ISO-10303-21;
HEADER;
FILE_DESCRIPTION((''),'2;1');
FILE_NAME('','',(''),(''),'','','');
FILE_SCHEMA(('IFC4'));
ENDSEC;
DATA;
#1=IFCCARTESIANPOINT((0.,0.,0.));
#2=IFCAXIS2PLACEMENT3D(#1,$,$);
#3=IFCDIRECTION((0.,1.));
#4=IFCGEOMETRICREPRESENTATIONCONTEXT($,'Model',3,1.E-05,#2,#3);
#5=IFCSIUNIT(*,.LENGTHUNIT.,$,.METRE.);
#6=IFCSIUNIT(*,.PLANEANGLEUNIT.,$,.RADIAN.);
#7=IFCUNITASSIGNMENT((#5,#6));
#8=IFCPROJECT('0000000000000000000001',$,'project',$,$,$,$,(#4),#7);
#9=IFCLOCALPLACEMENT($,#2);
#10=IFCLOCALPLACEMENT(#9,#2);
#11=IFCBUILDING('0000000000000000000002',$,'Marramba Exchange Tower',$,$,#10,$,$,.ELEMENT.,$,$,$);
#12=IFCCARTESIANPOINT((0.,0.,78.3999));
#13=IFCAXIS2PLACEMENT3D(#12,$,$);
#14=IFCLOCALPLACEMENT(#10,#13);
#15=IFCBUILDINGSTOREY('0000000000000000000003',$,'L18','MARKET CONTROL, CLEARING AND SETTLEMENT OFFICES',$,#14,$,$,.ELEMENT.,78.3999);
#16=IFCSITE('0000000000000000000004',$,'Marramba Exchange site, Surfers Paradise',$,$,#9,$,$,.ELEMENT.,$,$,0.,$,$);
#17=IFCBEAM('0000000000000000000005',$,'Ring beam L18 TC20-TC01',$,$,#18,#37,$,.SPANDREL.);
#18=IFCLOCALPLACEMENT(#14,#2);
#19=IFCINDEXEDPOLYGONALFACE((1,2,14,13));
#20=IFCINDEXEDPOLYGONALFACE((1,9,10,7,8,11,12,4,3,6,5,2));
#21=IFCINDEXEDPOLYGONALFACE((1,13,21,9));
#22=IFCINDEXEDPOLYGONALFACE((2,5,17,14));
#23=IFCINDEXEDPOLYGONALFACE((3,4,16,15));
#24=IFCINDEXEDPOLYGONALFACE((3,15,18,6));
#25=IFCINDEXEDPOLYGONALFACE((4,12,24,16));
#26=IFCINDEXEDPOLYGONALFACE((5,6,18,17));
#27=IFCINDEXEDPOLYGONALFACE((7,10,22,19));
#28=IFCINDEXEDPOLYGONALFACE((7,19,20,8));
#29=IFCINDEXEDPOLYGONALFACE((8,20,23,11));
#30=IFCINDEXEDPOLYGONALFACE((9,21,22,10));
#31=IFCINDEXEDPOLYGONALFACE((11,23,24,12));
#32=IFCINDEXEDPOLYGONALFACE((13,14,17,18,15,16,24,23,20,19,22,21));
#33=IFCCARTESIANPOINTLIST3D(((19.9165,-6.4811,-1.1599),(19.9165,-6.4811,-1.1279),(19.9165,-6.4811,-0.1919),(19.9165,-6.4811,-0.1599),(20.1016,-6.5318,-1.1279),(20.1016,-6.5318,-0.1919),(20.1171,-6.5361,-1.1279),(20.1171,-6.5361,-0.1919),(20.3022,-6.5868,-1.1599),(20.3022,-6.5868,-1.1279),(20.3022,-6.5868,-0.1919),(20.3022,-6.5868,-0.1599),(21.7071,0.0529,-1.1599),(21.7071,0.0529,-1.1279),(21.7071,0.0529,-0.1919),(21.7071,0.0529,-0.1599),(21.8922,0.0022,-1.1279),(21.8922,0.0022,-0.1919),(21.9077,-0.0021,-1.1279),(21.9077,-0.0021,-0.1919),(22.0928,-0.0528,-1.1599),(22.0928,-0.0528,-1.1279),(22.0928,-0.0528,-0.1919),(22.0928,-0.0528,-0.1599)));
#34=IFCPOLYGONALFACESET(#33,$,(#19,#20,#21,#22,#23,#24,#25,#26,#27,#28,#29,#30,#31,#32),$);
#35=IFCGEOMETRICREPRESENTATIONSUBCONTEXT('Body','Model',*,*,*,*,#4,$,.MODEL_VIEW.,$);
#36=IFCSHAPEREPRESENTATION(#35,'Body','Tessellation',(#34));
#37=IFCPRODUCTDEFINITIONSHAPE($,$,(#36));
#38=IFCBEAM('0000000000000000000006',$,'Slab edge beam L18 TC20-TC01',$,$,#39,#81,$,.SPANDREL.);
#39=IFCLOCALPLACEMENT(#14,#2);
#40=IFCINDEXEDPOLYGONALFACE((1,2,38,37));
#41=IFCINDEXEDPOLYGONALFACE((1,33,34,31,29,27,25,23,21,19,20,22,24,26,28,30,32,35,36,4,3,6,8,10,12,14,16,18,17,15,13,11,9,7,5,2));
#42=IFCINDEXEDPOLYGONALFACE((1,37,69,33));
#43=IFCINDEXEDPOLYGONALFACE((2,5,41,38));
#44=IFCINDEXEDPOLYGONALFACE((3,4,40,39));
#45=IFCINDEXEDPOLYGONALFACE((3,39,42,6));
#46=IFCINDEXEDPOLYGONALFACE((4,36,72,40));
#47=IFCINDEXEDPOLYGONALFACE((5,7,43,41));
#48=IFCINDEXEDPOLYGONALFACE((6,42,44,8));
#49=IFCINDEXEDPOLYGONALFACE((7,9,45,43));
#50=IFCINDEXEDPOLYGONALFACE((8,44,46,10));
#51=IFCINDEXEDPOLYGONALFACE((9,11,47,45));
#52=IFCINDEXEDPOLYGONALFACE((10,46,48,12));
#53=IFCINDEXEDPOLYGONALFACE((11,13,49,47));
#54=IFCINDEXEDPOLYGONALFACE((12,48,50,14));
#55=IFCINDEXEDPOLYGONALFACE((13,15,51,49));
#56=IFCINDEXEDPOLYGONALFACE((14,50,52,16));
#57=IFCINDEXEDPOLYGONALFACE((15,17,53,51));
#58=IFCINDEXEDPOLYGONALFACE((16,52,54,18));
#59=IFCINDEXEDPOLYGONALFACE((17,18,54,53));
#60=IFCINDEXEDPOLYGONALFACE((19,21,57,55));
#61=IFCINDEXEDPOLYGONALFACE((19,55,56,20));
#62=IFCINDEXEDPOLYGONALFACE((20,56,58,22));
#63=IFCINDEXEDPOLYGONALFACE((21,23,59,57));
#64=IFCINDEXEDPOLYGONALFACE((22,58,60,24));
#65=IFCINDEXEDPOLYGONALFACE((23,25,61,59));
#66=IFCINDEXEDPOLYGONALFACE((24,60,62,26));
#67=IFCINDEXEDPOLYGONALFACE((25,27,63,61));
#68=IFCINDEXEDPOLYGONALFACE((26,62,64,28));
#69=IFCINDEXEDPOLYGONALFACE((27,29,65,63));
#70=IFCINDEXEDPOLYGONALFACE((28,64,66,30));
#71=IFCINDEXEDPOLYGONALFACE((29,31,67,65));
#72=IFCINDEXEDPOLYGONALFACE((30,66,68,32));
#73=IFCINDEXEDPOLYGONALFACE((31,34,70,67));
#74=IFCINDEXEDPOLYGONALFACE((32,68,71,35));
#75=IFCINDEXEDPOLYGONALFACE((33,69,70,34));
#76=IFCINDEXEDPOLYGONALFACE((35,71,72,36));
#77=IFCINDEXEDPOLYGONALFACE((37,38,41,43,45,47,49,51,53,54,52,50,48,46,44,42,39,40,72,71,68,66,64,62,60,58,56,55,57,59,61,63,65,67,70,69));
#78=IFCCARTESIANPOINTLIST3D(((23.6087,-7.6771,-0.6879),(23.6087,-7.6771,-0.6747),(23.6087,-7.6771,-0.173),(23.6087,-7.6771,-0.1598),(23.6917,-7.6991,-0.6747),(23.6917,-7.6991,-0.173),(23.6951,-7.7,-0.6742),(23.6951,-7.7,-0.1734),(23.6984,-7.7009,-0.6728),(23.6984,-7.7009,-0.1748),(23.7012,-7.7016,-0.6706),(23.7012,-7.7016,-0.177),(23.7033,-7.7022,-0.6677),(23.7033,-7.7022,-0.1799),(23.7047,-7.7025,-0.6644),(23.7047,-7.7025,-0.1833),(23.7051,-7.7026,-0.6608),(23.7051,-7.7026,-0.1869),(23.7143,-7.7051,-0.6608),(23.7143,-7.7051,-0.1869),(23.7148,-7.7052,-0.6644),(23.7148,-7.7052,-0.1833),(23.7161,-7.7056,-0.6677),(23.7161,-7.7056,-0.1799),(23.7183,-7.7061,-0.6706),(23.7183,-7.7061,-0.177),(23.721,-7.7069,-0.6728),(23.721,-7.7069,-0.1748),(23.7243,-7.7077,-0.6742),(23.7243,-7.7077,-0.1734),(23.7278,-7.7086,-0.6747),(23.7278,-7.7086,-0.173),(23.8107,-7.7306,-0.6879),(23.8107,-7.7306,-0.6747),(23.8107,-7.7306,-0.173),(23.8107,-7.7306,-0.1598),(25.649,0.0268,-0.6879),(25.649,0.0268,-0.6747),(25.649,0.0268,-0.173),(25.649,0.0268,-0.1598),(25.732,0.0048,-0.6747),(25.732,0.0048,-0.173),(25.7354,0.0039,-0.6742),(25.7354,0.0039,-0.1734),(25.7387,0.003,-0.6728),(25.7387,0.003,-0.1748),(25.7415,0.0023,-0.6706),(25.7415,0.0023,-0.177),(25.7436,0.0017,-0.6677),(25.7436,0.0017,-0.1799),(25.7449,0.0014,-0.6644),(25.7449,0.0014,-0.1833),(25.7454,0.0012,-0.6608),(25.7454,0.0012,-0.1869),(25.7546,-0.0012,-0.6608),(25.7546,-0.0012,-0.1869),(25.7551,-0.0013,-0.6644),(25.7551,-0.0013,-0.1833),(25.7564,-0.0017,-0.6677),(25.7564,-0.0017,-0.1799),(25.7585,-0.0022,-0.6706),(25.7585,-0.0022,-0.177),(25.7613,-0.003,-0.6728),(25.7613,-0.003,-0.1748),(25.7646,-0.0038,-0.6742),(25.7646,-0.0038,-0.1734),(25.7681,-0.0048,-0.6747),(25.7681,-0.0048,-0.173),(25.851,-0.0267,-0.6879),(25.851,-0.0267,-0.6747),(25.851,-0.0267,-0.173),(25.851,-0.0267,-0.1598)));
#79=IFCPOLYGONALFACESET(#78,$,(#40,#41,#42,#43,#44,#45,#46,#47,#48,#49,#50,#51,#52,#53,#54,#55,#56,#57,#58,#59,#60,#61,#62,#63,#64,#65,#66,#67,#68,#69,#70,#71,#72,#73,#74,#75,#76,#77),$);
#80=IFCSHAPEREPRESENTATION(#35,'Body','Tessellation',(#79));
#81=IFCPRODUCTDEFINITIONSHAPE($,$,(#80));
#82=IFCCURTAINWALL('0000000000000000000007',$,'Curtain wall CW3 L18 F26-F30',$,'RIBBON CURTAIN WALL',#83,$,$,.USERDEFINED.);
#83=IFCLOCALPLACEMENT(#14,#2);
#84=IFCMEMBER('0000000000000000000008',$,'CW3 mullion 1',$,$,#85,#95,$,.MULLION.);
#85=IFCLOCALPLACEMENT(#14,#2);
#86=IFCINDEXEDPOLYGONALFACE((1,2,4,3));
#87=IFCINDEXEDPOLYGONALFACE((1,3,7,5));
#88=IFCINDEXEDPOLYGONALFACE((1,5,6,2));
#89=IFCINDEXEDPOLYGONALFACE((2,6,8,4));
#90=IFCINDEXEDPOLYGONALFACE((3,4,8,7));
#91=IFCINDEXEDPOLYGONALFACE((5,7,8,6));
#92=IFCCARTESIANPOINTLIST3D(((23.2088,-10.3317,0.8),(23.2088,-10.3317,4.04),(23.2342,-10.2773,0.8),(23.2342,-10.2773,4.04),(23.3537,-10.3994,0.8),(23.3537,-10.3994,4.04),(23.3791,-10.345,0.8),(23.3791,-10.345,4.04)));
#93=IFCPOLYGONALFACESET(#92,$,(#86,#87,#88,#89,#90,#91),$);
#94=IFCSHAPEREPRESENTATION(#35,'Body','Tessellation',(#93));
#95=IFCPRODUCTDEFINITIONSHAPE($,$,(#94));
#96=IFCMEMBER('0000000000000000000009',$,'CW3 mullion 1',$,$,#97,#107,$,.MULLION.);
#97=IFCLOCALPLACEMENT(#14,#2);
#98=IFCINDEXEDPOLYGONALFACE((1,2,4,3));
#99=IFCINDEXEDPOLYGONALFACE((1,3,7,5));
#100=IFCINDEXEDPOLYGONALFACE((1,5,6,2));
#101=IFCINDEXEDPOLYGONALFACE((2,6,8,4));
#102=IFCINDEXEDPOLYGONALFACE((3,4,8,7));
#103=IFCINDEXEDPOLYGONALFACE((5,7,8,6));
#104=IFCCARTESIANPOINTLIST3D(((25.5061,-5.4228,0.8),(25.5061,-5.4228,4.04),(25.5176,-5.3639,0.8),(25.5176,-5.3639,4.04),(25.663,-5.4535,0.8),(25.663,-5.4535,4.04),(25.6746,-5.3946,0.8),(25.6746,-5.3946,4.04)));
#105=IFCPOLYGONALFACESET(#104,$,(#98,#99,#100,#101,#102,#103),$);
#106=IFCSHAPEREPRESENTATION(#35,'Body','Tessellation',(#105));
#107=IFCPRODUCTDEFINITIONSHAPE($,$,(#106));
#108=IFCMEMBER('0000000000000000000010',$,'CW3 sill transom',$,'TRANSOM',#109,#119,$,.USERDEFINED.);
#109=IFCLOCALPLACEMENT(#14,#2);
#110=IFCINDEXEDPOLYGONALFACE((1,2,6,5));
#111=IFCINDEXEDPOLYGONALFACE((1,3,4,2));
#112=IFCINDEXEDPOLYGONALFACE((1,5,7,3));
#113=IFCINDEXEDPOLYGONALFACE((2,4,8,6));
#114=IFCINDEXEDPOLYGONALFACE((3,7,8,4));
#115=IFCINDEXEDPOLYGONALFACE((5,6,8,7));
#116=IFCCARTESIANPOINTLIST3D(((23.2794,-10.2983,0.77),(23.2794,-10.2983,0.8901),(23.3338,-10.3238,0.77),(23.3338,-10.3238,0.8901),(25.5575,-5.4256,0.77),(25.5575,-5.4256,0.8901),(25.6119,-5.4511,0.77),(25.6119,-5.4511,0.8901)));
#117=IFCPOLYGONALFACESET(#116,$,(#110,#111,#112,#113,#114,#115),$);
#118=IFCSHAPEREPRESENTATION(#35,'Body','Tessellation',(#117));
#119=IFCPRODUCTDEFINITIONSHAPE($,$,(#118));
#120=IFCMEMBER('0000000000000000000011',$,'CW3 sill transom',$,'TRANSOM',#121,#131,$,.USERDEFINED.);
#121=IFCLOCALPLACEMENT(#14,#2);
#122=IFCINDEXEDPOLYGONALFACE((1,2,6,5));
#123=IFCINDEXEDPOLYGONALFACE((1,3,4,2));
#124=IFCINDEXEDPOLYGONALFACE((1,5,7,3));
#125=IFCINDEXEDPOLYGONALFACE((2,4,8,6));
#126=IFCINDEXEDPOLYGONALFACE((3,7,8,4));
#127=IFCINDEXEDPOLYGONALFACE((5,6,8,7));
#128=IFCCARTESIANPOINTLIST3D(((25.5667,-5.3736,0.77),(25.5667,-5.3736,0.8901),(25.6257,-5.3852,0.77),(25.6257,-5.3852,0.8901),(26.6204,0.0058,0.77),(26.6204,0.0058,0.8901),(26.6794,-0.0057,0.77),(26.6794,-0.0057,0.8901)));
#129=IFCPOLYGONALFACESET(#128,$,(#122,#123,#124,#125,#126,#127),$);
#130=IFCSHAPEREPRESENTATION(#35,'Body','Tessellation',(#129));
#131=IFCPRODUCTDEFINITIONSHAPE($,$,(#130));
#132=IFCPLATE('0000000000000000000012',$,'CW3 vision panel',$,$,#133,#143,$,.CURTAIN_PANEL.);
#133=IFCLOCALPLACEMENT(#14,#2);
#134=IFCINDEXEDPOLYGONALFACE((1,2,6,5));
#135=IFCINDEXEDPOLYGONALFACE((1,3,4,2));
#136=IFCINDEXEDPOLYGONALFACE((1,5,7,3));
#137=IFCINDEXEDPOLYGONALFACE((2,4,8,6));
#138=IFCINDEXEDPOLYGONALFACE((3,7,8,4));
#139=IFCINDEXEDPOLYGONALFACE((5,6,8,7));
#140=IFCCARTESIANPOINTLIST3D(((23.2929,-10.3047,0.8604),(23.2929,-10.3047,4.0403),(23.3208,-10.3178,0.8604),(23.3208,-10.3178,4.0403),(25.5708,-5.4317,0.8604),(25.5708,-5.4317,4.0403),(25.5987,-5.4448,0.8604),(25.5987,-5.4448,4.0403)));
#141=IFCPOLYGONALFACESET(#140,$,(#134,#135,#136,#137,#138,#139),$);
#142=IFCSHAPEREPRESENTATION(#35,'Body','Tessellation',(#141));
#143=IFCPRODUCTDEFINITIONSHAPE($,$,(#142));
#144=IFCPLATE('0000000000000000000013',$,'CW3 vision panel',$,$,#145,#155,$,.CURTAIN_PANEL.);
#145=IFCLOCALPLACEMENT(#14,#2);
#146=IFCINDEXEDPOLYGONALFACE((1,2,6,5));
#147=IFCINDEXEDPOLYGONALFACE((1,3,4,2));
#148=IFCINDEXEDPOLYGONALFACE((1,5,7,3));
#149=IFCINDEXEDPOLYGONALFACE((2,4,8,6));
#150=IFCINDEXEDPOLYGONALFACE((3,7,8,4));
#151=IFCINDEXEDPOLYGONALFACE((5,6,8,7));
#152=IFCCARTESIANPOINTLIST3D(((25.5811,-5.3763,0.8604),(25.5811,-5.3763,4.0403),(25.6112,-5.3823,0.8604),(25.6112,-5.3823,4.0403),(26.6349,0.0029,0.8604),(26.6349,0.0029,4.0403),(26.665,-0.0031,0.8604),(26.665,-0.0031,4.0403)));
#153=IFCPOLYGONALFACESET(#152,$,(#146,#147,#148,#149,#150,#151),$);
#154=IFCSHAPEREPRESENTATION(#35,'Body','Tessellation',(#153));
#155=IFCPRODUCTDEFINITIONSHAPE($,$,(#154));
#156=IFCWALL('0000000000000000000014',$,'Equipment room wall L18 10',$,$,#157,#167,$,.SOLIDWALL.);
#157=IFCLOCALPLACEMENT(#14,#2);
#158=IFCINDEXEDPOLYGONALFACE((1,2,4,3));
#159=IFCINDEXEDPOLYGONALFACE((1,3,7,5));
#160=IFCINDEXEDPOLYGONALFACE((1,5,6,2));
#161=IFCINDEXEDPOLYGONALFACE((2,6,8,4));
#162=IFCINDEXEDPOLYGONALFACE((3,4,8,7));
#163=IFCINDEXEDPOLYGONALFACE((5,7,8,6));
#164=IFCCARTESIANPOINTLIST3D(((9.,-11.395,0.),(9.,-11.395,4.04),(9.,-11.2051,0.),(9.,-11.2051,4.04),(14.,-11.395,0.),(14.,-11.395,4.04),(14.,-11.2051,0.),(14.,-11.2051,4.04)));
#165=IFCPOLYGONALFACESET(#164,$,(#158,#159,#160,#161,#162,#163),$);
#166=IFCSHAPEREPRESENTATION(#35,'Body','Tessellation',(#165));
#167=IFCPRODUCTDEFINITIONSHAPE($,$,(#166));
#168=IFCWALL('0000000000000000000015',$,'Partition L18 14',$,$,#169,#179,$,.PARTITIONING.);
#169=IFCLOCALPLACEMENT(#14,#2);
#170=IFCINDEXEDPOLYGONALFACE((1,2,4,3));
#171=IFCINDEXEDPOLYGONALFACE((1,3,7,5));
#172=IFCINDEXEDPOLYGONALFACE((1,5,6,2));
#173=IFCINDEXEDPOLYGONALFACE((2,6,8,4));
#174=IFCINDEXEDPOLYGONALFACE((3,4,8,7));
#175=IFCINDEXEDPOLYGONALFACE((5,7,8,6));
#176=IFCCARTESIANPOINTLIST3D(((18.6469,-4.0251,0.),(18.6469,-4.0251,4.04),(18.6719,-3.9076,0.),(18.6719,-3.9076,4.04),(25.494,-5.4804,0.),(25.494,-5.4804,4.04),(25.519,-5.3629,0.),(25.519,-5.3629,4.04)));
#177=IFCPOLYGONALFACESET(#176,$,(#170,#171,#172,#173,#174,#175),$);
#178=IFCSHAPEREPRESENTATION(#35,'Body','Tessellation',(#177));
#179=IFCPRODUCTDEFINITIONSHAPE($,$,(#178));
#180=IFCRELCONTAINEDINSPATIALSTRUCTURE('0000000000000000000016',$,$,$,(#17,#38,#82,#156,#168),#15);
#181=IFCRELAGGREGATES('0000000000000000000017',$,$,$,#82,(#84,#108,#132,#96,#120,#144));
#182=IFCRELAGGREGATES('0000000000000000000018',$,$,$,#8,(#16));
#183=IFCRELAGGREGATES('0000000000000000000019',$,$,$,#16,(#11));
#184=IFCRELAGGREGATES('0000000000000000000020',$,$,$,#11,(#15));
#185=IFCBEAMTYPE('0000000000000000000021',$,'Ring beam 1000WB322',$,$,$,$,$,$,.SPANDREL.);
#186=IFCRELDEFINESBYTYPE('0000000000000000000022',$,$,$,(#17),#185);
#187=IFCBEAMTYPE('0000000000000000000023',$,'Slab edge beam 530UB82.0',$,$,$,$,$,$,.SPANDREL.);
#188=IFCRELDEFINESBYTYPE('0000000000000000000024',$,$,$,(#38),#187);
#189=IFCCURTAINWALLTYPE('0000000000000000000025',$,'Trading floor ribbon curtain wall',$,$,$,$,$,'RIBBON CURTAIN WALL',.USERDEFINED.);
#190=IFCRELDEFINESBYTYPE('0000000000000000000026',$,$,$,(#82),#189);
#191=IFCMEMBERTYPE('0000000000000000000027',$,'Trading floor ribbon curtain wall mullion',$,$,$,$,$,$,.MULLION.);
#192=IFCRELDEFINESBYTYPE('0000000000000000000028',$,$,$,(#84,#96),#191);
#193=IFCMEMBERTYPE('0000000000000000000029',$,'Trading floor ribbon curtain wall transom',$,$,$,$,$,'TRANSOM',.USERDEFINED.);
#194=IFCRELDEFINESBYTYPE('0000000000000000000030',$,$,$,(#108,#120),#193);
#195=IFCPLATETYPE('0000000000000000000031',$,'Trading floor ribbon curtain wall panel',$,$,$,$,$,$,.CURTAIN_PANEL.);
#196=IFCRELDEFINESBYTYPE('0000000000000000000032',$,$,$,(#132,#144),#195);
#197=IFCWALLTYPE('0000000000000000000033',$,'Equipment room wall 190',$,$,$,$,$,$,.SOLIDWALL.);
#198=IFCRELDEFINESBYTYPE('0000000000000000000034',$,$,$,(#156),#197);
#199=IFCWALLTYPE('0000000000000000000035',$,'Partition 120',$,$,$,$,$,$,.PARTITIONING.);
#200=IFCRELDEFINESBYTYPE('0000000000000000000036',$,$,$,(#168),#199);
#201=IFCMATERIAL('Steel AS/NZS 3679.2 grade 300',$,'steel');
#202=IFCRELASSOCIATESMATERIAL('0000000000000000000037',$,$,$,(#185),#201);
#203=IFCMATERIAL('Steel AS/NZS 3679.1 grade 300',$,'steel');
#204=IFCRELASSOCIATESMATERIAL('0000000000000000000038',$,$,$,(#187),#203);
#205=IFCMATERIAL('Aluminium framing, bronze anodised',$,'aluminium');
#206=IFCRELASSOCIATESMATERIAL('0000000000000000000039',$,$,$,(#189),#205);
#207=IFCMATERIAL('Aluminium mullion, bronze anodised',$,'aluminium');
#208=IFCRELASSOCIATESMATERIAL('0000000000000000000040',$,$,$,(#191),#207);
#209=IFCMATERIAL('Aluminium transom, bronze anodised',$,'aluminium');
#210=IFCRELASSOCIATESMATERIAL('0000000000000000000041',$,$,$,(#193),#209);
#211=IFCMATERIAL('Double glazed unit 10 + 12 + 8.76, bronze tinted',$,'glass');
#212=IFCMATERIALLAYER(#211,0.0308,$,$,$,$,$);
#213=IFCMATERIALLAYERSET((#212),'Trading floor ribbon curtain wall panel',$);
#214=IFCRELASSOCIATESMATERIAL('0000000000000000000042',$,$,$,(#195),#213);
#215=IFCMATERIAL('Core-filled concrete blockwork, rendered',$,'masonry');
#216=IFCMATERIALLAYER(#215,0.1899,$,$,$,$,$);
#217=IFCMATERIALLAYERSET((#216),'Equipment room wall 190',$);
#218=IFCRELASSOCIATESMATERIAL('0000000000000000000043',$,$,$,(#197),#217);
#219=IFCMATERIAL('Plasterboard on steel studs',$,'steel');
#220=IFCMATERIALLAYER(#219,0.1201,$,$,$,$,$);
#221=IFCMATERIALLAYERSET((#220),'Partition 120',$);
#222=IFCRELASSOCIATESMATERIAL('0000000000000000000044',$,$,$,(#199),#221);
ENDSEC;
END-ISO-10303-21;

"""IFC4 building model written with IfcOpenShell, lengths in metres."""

from ifc_helpers import new_model, si_unit, direction, frame, frame_2d, origin, origin_2d, place, context, subcontext, project, spatial, rectangle, i_section, extrude, material, layer, layer_set, material_profile, profile_set, type_object, element, aggregate, save


model = new_model("IFC4")

# Units and contexts
model_context = context("Model", 3, precision=1e-05, world=origin(), true_north=direction((0.0, 1.0)))
body_context = subcontext(model_context, "Body", "Model", "MODEL_VIEW")
ifc_project = project(units=[si_unit("LENGTHUNIT", "METRE"), si_unit("PLANEANGLEUNIT", "RADIAN")], contexts=[model_context])

# Site, building, storey
site_placement = place(None, origin())
site = spatial("IfcSite", under=ifc_project, at=site_placement, Name="Marramba Exchange site, Surfers Paradise", CompositionType="ELEMENT", RefElevation=0.0)
building_placement = place(site_placement, origin())
building = spatial("IfcBuilding", under=site, at=building_placement, Name="Marramba Exchange Tower", CompositionType="ELEMENT")
storey_placement = place(building_placement, frame((0.0, 0.0, 78.3999)))
storey = spatial("IfcBuildingStorey", under=building, at=storey_placement, Name="L18", Description="MARKET CONTROL, CLEARING AND SETTLEMENT OFFICES", CompositionType="ELEMENT", Elevation=78.3999)

# Beams
ifc_material_1 = material(Name="Steel AS/NZS 3679.2 grade 300", Category="steel")
ifc_material_2 = material(Name="Steel AS/NZS 3679.1 grade 300", Category="steel")
ifc_material_profile_1 = material_profile(ifc_material_1, i_section(OverallWidth=0.3999, OverallDepth=1.0, WebThickness=0.0161, FlangeThickness=0.032, at=origin_2d()), Name="1000WB322")
ifc_profile_set_1 = profile_set([ifc_material_profile_1], Name="Steel AS/NZS 3679.2 grade 300")
beam_type_1 = type_object("IfcBeamType", Name="Ring beam 1000WB322", PredefinedType="SPANDREL", material=ifc_profile_set_1)
beam_1_placement = place(storey_placement, frame((20.1094, -6.5339, -0.6599), z_axis=(0.264291, 0.964443, 0.0), x_axis=(-0.964443, 0.264291, 0.0)))
element("IfcBeam", 1, at=beam_1_placement, inside=storey, type_object=beam_type_1, Name="Ring beam L18 TC20-TC01", PredefinedType="SPANDREL", context=body_context, shape_type="SweptSolid", body=[
    extrude(i_section(OverallWidth=0.3999, OverallDepth=1.0, WebThickness=0.0161, FlangeThickness=0.032, at=origin_2d()), origin(), (0.0, 0.0, 1.0), 6.7749),
])
ifc_material_profile_2 = material_profile(ifc_material_2, i_section(OverallWidth=0.209, OverallDepth=0.5281, WebThickness=0.0095, FlangeThickness=0.0132, FilletRadius=0.0139, at=origin_2d()), Name="530UB82.0")
ifc_profile_set_2 = profile_set([ifc_material_profile_2], Name="Steel AS/NZS 3679.1 grade 300")
beam_type_2 = type_object("IfcBeamType", Name="Slab edge beam 530UB82.0", PredefinedType="SPANDREL", material=ifc_profile_set_2)
beam_2_placement = place(storey_placement, frame((23.7097, -7.7039, -0.4238), z_axis=(0.256013, 0.966673, 0.0), x_axis=(-0.966673, 0.256013, 0.0)))
element("IfcBeam", 2, at=beam_2_placement, inside=storey, type_object=beam_type_2, Name="Slab edge beam L18 TC20-TC01", PredefinedType="SPANDREL", context=body_context, shape_type="SweptSolid", body=[
    extrude(i_section(OverallWidth=0.209, OverallDepth=0.5281, WebThickness=0.0095, FlangeThickness=0.0132, FilletRadius=0.0139, at=origin_2d()), origin(), (0.0, 0.0, 1.0), 7.9695),
])

# Curtain wall, members, plates
ifc_material_3 = material(Name="Aluminium framing, bronze anodised", Category="aluminium")
curtain_wall_type = type_object("IfcCurtainWallType", Name="Trading floor ribbon curtain wall", ElementType="RIBBON CURTAIN WALL", PredefinedType="USERDEFINED", material=ifc_material_3)
curtain_wall_placement = place(storey_placement, origin())
curtain_wall = element("IfcCurtainWall", 3, at=curtain_wall_placement, inside=storey, type_object=curtain_wall_type, Name="Curtain wall CW3 L18 F26-F30", ObjectType="RIBBON CURTAIN WALL", PredefinedType="USERDEFINED")
ifc_material_4 = material(Name="Aluminium mullion, bronze anodised", Category="aluminium")
ifc_material_profile_3 = material_profile(ifc_material_4, rectangle(XDim=0.1599, YDim=0.0601, at=origin_2d()), Name="CW3 mullion 60x160")
ifc_profile_set_3 = profile_set([ifc_material_profile_3], Name="Aluminium mullion, bronze anodised")
member_type_1 = type_object("IfcMemberType", Name="Trading floor ribbon curtain wall mullion", PredefinedType="MULLION", material=ifc_profile_set_3)
member_1_placement = place(storey_placement, frame((23.2939, -10.3384, 0.8), z_axis=(0.0, 0.0, 1.0), x_axis=(-0.905907, 0.423477, 0.0)))
member_1 = element("IfcMember", 4, at=member_1_placement, type_object=member_type_1, Name="CW3 mullion 1", PredefinedType="MULLION", context=body_context, shape_type="SweptSolid", body=[
    extrude(rectangle(XDim=0.1599, YDim=0.0601, at=origin_2d()), origin(), (0.0, 0.0, 1.0), 3.24),
])
member_2_placement = place(storey_placement, frame((25.5903, -5.4087, 0.8), z_axis=(0.0, 0.0, 1.0), x_axis=(-0.981346, 0.192249, 0.0)))
member_2 = element("IfcMember", 5, at=member_2_placement, type_object=member_type_1, Name="CW3 mullion 1", PredefinedType="MULLION", context=body_context, shape_type="SweptSolid", body=[
    extrude(rectangle(XDim=0.1599, YDim=0.0601, at=origin_2d()), origin(), (0.0, 0.0, 1.0), 3.24),
])
ifc_material_5 = material(Name="Aluminium transom, bronze anodised", Category="aluminium")
ifc_material_profile_4 = material_profile(ifc_material_5, rectangle(XDim=0.0601, YDim=0.1201, at=origin_2d()), Name="CW3 transom 60x120")
ifc_profile_set_4 = profile_set([ifc_material_profile_4], Name="Aluminium transom, bronze anodised")
member_type_2 = type_object("IfcMemberType", Name="Trading floor ribbon curtain wall transom", ElementType="TRANSOM", PredefinedType="USERDEFINED", material=ifc_profile_set_4)
member_3_placement = place(storey_placement, frame((23.3066, -10.311, 0.8301), z_axis=(0.423512, 0.905891, 0.0), x_axis=(-0.905891, 0.423512, 0.0)))
member_3 = element("IfcMember", 6, at=member_3_placement, type_object=member_type_2, Name="CW3 sill transom", ObjectType="TRANSOM", PredefinedType="USERDEFINED", context=body_context, shape_type="SweptSolid", body=[
    extrude(rectangle(XDim=0.0601, YDim=0.1201, at=origin_2d()), origin(), (0.0, 0.0, 1.0), 5.3789),
])
member_4_placement = place(storey_placement, frame((25.5962, -5.3794, 0.8301), z_axis=(0.192226, 0.981351, 0.0), x_axis=(-0.981351, 0.192226, 0.0)))
member_4 = element("IfcMember", 7, at=member_4_placement, type_object=member_type_2, Name="CW3 sill transom", ObjectType="TRANSOM", PredefinedType="USERDEFINED", context=body_context, shape_type="SweptSolid", body=[
    extrude(rectangle(XDim=0.0601, YDim=0.1201, at=origin_2d()), origin(), (0.0, 0.0, 1.0), 5.4817),
])
ifc_material_6 = material(Name="Double glazed unit 10 + 12 + 8.76, bronze tinted", Category="glass")
ifc_layer_1 = layer(ifc_material_6, 0.0308)
ifc_layer_set_1 = layer_set([ifc_layer_1], Name="Trading floor ribbon curtain wall panel")
plate_type = type_object("IfcPlateType", Name="Trading floor ribbon curtain wall panel", PredefinedType="CURTAIN_PANEL", material=ifc_layer_set_1)
plate_1_placement = place(storey_placement, frame((24.4458, -7.8748, 0.8604), z_axis=(0.0, 0.0, 1.0), x_axis=(0.423477, 0.905907, 0.0)))
plate_1 = element("IfcPlate", 8, at=plate_1_placement, type_object=plate_type, Name="CW3 vision panel", PredefinedType="CURTAIN_PANEL", context=body_context, shape_type="SweptSolid", body=[
    extrude(rectangle(XDim=5.3792, YDim=0.0308, at=origin_2d()), origin(), (0.0, 0.0, 1.0), 3.1799),
])
plate_2_placement = place(storey_placement, frame((26.123, -2.6897, 0.8604), z_axis=(0.0, 0.0, 1.0), x_axis=(0.192249, 0.981346, 0.0)))
plate_2 = element("IfcPlate", 9, at=plate_2_placement, type_object=plate_type, Name="CW3 vision panel", PredefinedType="CURTAIN_PANEL", context=body_context, shape_type="SweptSolid", body=[
    extrude(rectangle(XDim=5.4814, YDim=0.0308, at=origin_2d()), origin(), (0.0, 0.0, 1.0), 3.1799),
])
aggregate(curtain_wall, [member_1, member_3, plate_1, member_2, member_4, plate_2])

# Walls
ifc_material_7 = material(Name="Core-filled concrete blockwork, rendered", Category="masonry")
ifc_layer_2 = layer(ifc_material_7, 0.1899)
ifc_layer_set_2 = layer_set([ifc_layer_2], Name="Equipment room wall 190")
wall_type_1 = type_object("IfcWallType", Name="Equipment room wall 190", PredefinedType="SOLIDWALL", material=ifc_layer_set_2)
wall_1_placement = place(storey_placement, frame((14.0, -11.3, 0.0), z_axis=(0.0, 0.0, 1.0), x_axis=(-1.0, 0.0, 0.0)))
element("IfcWall", 10, at=wall_1_placement, inside=storey, type_object=wall_type_1, Name="Equipment room wall L18 10", PredefinedType="SOLIDWALL", context=body_context, shape_type="SweptSolid", body=[
    extrude(rectangle(XDim=5.0, YDim=0.1899, at=frame_2d((2.5, 0.0))), origin(), (0.0, 0.0, 1.0), 4.04),
])
ifc_material_8 = material(Name="Plasterboard on steel studs", Category="steel")
ifc_layer_3 = layer(ifc_material_8, 0.1201)
ifc_layer_set_3 = layer_set([ifc_layer_3], Name="Partition 120")
wall_type_2 = type_object("IfcWallType", Name="Partition 120", PredefinedType="PARTITIONING", material=ifc_layer_set_3)
wall_2_placement = place(storey_placement, frame((18.6594, -3.9663, 0.0), z_axis=(0.0, 0.0, 1.0), x_axis=(0.978149, -0.207907, 0.0)))
element("IfcWall", 11, at=wall_2_placement, inside=storey, type_object=wall_type_2, Name="Partition L18 14", PredefinedType="PARTITIONING", context=body_context, shape_type="SweptSolid", body=[
    extrude(rectangle(XDim=7.0, YDim=0.1201, at=frame_2d((3.5, 0.0))), origin(), (0.0, 0.0, 1.0), 4.04),
])

save(model, "model.ifc")
